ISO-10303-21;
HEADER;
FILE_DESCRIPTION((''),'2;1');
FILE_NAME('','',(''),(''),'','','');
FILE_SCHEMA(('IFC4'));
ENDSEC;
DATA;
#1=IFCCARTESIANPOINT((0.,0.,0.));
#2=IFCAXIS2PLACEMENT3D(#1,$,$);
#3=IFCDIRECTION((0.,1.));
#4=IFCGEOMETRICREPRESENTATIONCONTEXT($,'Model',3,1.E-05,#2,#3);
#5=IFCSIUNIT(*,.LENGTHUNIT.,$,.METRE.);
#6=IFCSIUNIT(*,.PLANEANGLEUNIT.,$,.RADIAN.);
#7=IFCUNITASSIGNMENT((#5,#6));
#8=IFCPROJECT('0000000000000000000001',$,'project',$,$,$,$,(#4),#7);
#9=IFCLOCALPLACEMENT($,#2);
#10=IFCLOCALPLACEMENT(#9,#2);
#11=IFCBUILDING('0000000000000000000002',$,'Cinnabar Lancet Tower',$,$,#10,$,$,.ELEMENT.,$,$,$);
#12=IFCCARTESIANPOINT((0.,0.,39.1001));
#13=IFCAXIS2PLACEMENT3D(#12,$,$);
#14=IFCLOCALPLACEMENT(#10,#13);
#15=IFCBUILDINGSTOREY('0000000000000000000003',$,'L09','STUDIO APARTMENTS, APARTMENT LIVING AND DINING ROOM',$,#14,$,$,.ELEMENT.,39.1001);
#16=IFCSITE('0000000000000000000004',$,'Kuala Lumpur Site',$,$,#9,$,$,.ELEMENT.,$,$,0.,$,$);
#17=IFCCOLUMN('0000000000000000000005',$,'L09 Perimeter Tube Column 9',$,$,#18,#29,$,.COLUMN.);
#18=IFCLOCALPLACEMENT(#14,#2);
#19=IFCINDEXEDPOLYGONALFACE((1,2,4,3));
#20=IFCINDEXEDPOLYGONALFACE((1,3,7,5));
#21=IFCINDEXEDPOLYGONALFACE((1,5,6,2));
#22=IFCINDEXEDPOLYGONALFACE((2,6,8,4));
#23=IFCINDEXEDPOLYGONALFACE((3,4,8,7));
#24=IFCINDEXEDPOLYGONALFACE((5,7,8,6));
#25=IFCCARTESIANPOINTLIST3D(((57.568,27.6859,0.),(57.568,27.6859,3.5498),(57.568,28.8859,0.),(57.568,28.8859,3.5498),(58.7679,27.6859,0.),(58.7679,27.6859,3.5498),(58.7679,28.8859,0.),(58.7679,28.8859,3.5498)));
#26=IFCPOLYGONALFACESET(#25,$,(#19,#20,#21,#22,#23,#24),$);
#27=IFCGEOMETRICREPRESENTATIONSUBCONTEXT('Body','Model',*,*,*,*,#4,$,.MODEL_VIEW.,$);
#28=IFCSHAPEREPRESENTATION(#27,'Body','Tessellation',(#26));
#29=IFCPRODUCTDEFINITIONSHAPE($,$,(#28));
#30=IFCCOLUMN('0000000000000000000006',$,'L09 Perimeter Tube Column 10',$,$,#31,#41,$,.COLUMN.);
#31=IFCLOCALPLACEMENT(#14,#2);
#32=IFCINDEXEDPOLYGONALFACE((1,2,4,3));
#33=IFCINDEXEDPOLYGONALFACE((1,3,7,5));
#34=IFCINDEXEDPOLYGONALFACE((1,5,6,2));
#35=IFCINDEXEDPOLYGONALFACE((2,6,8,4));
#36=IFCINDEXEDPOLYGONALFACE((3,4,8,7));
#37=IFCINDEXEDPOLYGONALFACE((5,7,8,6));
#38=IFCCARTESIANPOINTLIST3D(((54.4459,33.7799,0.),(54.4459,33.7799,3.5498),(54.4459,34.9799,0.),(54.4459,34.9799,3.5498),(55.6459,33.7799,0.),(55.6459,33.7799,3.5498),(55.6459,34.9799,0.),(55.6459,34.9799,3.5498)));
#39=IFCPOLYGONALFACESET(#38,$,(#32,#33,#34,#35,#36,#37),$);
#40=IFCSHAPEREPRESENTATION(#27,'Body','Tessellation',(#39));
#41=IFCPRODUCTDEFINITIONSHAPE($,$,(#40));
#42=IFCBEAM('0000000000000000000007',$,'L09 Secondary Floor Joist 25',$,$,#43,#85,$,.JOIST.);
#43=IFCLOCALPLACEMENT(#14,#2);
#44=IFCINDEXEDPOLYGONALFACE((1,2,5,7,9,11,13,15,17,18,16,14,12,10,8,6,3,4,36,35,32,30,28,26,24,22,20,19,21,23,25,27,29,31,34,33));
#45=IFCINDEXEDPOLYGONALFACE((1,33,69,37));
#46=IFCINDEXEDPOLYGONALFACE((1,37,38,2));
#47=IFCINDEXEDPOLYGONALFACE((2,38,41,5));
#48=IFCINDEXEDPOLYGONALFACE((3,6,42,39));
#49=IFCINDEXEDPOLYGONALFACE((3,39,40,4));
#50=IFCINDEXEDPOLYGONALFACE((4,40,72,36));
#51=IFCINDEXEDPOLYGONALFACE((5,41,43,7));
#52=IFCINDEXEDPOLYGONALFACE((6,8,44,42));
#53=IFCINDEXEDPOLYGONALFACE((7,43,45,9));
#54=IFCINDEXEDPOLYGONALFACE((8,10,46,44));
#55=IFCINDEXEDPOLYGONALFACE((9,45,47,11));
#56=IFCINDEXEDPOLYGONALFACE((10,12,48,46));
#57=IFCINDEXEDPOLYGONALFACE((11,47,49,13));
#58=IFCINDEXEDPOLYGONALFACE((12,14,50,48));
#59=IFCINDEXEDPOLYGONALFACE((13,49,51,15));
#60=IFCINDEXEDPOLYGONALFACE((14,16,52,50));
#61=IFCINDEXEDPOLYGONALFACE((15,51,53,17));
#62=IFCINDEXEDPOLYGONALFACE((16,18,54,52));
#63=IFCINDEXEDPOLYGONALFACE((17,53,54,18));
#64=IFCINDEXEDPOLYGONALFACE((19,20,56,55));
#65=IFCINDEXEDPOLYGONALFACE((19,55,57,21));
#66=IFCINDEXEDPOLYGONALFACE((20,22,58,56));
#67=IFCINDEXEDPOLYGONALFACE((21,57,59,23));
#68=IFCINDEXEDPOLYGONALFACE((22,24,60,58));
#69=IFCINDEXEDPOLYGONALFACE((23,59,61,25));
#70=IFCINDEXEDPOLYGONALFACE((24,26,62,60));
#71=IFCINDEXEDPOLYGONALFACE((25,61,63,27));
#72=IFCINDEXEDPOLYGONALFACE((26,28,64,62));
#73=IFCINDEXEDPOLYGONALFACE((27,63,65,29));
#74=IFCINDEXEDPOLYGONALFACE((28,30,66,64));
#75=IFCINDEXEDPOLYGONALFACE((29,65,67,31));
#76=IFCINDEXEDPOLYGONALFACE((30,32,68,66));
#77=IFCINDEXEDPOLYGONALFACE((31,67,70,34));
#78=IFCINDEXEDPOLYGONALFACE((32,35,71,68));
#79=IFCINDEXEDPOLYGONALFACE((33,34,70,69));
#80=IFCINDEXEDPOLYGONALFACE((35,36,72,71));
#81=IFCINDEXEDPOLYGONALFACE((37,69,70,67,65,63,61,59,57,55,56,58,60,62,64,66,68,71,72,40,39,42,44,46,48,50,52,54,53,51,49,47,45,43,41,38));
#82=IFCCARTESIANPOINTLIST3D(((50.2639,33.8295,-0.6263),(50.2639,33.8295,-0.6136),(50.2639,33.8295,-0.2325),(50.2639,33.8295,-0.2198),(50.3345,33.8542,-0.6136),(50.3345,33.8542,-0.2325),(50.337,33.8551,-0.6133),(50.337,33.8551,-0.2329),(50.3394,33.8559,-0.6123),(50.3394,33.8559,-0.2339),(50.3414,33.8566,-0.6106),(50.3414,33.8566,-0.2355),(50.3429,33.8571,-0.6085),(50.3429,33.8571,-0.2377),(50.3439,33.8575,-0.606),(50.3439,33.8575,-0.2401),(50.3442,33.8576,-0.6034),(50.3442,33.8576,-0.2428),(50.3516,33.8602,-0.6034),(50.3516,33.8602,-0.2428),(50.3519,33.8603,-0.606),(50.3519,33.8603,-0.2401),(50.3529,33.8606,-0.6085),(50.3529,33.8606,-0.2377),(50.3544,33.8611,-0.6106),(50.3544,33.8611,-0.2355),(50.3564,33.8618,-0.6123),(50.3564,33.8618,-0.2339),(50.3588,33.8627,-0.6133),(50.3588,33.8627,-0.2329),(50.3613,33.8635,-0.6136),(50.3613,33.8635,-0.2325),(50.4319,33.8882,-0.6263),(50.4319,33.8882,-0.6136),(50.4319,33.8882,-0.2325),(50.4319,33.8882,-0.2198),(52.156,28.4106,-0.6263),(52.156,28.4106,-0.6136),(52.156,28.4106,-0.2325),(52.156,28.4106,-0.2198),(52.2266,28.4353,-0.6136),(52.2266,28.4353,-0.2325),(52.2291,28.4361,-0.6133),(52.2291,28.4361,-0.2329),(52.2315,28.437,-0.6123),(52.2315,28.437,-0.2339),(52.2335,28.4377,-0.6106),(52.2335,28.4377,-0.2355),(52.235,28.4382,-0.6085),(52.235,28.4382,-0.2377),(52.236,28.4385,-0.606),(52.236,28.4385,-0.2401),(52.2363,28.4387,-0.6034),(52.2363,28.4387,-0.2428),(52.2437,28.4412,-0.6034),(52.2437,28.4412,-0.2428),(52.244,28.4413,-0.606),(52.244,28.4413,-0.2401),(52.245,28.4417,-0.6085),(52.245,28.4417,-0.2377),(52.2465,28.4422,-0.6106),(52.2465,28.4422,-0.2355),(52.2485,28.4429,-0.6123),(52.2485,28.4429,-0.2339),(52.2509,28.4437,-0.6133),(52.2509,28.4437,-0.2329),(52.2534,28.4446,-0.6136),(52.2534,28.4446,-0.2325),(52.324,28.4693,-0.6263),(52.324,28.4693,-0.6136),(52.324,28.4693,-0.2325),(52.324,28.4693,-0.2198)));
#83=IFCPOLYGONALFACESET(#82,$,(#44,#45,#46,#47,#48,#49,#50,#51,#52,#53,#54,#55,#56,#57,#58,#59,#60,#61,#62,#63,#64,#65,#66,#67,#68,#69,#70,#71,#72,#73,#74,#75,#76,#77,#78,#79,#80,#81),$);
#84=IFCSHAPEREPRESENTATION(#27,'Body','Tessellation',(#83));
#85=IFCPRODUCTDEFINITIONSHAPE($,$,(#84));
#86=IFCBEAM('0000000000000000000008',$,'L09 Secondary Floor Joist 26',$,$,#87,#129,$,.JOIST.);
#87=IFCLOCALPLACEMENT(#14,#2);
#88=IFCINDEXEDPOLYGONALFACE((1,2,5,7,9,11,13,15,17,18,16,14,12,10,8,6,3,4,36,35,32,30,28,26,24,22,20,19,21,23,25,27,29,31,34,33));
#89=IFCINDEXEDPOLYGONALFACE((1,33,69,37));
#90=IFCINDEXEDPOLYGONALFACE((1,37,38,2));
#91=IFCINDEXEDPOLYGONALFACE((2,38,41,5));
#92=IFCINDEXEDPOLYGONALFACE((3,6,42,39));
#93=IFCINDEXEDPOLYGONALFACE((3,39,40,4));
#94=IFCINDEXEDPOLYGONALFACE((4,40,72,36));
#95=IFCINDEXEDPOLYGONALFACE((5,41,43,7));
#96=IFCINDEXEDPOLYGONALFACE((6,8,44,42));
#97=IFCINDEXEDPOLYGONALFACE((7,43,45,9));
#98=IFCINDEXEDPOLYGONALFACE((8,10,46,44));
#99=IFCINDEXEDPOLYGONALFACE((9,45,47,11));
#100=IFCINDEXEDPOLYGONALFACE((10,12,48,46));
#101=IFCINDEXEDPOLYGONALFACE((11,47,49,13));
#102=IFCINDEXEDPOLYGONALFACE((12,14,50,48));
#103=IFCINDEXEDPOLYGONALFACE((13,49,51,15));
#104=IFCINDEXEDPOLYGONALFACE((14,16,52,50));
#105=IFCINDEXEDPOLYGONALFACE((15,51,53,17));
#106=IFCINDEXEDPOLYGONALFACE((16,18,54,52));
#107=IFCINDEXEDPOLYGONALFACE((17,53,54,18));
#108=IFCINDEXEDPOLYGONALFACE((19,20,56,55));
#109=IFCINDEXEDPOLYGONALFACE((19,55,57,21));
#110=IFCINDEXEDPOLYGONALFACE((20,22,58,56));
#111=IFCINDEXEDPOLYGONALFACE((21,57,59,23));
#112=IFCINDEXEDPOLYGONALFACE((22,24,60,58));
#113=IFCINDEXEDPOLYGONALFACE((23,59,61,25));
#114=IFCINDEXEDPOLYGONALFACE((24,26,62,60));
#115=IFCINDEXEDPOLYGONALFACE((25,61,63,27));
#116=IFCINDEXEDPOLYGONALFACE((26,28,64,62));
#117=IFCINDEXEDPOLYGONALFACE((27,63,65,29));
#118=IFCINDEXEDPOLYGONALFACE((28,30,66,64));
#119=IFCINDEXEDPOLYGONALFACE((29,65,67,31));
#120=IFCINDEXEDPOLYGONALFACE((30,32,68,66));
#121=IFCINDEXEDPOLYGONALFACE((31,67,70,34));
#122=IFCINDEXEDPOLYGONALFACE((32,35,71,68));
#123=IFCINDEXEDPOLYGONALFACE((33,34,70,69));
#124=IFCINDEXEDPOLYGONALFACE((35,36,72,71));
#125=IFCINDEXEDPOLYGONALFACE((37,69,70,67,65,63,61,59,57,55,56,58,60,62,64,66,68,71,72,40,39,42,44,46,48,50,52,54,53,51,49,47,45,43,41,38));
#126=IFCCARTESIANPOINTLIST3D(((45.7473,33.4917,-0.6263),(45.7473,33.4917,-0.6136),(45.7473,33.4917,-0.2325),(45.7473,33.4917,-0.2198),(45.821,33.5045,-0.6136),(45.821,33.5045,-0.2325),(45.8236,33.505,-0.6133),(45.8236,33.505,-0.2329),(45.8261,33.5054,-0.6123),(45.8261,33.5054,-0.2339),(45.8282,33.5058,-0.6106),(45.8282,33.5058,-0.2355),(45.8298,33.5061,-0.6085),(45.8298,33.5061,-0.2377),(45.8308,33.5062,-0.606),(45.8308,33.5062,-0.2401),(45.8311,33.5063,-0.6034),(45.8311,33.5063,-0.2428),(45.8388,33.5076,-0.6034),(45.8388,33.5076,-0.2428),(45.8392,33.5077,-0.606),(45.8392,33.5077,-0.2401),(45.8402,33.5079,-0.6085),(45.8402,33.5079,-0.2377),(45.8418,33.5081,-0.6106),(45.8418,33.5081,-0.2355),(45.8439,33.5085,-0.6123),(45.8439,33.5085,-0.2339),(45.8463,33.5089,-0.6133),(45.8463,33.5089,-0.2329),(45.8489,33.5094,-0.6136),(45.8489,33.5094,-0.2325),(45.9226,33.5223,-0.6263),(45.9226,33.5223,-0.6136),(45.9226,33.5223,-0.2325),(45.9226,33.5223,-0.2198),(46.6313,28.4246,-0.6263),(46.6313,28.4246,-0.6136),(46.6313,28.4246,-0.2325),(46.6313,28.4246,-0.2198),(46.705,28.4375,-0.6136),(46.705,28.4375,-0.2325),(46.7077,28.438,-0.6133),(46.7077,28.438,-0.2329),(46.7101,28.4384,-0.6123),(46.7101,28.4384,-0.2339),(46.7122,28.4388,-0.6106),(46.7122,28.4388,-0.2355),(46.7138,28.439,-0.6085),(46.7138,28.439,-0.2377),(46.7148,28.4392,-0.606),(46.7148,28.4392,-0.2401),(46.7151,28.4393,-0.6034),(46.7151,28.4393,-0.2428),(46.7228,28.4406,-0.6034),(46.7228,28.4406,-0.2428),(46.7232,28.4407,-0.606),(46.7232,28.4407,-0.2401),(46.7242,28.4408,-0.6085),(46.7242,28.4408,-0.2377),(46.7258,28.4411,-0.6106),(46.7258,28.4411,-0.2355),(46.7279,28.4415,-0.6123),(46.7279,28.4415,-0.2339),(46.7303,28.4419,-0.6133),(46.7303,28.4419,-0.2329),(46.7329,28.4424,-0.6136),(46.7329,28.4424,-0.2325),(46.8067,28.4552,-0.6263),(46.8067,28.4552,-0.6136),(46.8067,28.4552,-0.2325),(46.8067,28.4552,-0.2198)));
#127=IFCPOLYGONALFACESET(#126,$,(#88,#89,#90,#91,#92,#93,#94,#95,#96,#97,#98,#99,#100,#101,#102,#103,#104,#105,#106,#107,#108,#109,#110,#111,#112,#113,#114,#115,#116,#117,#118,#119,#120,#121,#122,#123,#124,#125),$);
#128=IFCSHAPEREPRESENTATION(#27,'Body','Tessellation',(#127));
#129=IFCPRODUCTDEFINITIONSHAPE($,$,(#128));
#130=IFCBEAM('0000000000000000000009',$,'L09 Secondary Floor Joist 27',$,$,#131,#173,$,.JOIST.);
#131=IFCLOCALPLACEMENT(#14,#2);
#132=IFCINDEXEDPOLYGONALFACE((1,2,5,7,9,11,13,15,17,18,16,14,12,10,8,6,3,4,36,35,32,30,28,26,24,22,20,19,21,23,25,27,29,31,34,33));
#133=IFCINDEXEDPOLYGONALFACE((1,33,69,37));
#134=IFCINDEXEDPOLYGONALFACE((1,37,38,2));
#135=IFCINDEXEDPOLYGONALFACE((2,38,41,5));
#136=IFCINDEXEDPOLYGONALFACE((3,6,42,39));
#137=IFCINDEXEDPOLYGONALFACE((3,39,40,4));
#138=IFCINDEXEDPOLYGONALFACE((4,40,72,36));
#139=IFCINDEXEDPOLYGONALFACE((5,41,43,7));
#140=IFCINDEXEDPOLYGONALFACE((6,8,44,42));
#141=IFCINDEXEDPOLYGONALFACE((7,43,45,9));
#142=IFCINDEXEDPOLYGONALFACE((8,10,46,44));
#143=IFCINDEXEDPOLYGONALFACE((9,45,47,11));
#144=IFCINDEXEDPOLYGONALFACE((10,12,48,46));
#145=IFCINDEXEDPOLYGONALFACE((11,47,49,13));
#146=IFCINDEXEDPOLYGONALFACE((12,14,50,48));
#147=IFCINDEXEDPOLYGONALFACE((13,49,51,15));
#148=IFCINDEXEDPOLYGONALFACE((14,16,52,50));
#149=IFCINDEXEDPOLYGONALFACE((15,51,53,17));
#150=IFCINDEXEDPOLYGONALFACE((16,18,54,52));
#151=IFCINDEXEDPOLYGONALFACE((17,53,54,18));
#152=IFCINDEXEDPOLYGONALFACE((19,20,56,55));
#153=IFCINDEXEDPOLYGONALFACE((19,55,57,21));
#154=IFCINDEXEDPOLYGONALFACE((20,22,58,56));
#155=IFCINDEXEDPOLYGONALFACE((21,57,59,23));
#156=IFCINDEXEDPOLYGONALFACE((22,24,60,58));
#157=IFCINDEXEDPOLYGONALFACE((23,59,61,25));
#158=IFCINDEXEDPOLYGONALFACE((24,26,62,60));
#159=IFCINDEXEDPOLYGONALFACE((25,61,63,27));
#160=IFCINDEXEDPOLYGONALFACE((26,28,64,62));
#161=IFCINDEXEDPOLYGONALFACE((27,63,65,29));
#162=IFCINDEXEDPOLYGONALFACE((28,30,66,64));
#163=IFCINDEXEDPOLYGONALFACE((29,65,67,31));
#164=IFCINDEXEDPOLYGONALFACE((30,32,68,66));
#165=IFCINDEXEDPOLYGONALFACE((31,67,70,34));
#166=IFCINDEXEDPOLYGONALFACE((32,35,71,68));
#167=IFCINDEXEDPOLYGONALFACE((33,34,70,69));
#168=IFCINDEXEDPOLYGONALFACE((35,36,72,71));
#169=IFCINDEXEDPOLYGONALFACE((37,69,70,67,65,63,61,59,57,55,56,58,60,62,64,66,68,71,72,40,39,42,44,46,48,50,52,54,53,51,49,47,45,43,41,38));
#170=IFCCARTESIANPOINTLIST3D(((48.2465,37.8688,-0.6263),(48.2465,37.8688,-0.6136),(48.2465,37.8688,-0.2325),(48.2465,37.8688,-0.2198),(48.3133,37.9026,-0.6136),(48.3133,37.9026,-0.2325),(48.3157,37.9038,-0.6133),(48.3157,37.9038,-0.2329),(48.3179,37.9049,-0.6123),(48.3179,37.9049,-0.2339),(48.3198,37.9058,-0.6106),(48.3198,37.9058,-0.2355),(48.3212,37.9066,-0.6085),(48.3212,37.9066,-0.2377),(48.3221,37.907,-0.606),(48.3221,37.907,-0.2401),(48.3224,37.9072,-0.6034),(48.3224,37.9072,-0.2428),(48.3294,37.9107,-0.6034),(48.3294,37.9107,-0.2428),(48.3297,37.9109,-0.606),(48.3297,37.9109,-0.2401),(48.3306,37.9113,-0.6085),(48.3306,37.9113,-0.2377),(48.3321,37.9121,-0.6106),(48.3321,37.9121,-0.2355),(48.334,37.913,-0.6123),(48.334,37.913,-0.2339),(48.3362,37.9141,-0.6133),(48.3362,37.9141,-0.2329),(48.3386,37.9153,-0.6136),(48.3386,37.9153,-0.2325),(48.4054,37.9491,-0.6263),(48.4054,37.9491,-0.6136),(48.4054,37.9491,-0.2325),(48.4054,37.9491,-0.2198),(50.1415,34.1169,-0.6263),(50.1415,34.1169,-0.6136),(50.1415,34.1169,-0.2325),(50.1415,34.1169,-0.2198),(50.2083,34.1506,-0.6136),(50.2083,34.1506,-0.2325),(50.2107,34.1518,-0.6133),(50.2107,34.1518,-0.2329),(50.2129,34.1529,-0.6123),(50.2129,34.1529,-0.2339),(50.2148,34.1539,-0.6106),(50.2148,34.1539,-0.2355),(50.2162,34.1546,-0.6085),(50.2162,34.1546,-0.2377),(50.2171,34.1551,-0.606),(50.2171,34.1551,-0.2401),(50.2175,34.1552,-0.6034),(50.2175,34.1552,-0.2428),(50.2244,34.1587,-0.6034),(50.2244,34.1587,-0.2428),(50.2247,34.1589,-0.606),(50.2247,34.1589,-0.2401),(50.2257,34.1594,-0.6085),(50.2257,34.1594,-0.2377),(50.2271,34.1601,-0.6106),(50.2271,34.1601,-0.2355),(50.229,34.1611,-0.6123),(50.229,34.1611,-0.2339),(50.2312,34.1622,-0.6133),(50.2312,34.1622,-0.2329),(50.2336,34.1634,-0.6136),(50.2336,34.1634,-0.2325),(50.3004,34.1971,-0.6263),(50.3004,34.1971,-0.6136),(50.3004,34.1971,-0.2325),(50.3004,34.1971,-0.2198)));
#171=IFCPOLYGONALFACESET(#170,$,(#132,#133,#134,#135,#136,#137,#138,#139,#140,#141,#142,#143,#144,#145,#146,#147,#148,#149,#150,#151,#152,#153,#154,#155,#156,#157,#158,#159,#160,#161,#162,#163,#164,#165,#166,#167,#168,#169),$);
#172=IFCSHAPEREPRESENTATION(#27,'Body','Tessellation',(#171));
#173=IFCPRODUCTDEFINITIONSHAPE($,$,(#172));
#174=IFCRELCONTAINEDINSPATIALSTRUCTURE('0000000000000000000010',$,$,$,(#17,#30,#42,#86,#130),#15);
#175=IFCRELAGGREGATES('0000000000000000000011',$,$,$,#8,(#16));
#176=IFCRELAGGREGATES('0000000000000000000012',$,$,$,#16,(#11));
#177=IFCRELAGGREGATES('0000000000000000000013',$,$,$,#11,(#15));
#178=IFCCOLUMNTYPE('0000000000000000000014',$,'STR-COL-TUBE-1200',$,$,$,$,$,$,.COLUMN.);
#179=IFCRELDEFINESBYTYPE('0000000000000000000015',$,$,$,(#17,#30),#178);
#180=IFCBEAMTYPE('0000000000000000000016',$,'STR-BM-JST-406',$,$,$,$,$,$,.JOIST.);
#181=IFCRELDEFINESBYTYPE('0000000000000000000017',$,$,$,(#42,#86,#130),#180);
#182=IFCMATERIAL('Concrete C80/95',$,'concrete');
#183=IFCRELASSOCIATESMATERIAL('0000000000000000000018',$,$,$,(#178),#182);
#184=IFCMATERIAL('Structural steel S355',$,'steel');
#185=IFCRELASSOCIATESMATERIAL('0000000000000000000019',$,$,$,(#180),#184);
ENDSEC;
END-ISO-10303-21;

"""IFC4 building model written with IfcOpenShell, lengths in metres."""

from ifc_helpers import new_model, si_unit, direction, frame, origin, origin_2d, place, context, subcontext, project, spatial, rectangle, i_section, extrude, material, material_profile, profile_set, type_object, element, save


model = new_model("IFC4")

# Units and contexts
model_context = context("Model", 3, precision=1e-05, world=origin(), true_north=direction((0.0, 1.0)))
body_context = subcontext(model_context, "Body", "Model", "MODEL_VIEW")
ifc_project = project(units=[si_unit("LENGTHUNIT", "METRE"), si_unit("PLANEANGLEUNIT", "RADIAN")], contexts=[model_context])

# Site, building, storey
site_placement = place(None, origin())
site = spatial("IfcSite", under=ifc_project, at=site_placement, Name="Kuala Lumpur Site", CompositionType="ELEMENT", RefElevation=0.0)
building_placement = place(site_placement, origin())
building = spatial("IfcBuilding", under=site, at=building_placement, Name="Cinnabar Lancet Tower", CompositionType="ELEMENT")
storey_placement = place(building_placement, frame((0.0, 0.0, 39.1001)))
storey = spatial("IfcBuildingStorey", under=building, at=storey_placement, Name="L09", Description="STUDIO APARTMENTS, APARTMENT LIVING AND DINING ROOM", CompositionType="ELEMENT", Elevation=39.1001)

# Columns
ifc_material_1 = material(Name="Concrete C80/95", Category="concrete")
ifc_material_profile_1 = material_profile(ifc_material_1, rectangle(XDim=1.2, YDim=1.2, at=origin_2d()), Name="RC-COL 1200x1200")
ifc_profile_set_1 = profile_set([ifc_material_profile_1], Name="Concrete C80/95")
column_type = type_object("IfcColumnType", Name="STR-COL-TUBE-1200", PredefinedType="COLUMN", material=ifc_profile_set_1)
for number, where, z_axis, x_axis, name in (
    (1, (58.168, 28.2859, 0.0), (0.0, 0.0, 1.0), (1.0, 0.0, 0.0), "L09 Perimeter Tube Column 9"),
    (2, (55.0459, 34.3799, 0.0), (0.0, 0.0, 1.0), (1.0, 0.0, 0.0), "L09 Perimeter Tube Column 10"),
):
    element("IfcColumn", number, at=place(storey_placement, frame(where, z_axis=z_axis, x_axis=x_axis)), inside=storey, type_object=column_type, Name=name, PredefinedType="COLUMN", context=body_context, shape_type="SweptSolid", body=[
        extrude(rectangle(XDim=1.2, YDim=1.2, at=origin_2d()), origin(), (0.0, 0.0, 1.0), 3.5498),
    ])

# Beams
ifc_material_2 = material(Name="Structural steel S355", Category="steel")
ifc_material_profile_2 = material_profile(ifc_material_2, i_section(OverallWidth=0.178, OverallDepth=0.4065, WebThickness=0.0078, FlangeThickness=0.0127, FilletRadius=0.0103, at=origin_2d()), Name="UKB 406x178x60")
ifc_profile_set_2 = profile_set([ifc_material_profile_2], Name="Structural steel S355")
beam_type_1 = type_object("IfcBeamType", Name="STR-BM-JST-406", PredefinedType="JOIST", material=ifc_profile_set_2)
beam_1_placement = place(storey_placement, frame((52.24, 28.4399, -0.4231), z_axis=(-0.329646, 0.944105, 0.0), x_axis=(-0.944105, -0.329646, 0.0)))
element("IfcBeam", 3, at=beam_1_placement, inside=storey, type_object=beam_type_1, Name="L09 Secondary Floor Joist 25", PredefinedType="JOIST", context=body_context, shape_type="SweptSolid", body=[
    extrude(i_section(OverallWidth=0.178, OverallDepth=0.4065, WebThickness=0.0078, FlangeThickness=0.0127, FilletRadius=0.0103, at=origin_2d()), origin(), (0.0, 0.0, 1.0), 5.7397),
])
beam_2_placement = place(storey_placement, frame((46.719, 28.4399, -0.4231), z_axis=(-0.171868, 0.98512, 0.0), x_axis=(-0.98512, -0.171868, 0.0)))
element("IfcBeam", 4, at=beam_2_placement, inside=storey, type_object=beam_type_1, Name="L09 Secondary Floor Joist 26", PredefinedType="JOIST", context=body_context, shape_type="SweptSolid", body=[
    extrude(i_section(OverallWidth=0.178, OverallDepth=0.4065, WebThickness=0.0078, FlangeThickness=0.0127, FilletRadius=0.0103, at=origin_2d()), origin(), (0.0, 0.0, 1.0), 5.1436),
])
beam_3_placement = place(storey_placement, frame((50.2209, 34.157, -0.4231), z_axis=(-0.450834, 0.892608, 0.0), x_axis=(-0.892608, -0.450834, 0.0)))
element("IfcBeam", 5, at=beam_3_placement, inside=storey, type_object=beam_type_1, Name="L09 Secondary Floor Joist 27", PredefinedType="JOIST", context=body_context, shape_type="SweptSolid", body=[
    extrude(i_section(OverallWidth=0.178, OverallDepth=0.4065, WebThickness=0.0078, FlangeThickness=0.0127, FilletRadius=0.0103, at=origin_2d()), origin(), (0.0, 0.0, 1.0), 4.2034),
])

save(model, "model.ifc")
